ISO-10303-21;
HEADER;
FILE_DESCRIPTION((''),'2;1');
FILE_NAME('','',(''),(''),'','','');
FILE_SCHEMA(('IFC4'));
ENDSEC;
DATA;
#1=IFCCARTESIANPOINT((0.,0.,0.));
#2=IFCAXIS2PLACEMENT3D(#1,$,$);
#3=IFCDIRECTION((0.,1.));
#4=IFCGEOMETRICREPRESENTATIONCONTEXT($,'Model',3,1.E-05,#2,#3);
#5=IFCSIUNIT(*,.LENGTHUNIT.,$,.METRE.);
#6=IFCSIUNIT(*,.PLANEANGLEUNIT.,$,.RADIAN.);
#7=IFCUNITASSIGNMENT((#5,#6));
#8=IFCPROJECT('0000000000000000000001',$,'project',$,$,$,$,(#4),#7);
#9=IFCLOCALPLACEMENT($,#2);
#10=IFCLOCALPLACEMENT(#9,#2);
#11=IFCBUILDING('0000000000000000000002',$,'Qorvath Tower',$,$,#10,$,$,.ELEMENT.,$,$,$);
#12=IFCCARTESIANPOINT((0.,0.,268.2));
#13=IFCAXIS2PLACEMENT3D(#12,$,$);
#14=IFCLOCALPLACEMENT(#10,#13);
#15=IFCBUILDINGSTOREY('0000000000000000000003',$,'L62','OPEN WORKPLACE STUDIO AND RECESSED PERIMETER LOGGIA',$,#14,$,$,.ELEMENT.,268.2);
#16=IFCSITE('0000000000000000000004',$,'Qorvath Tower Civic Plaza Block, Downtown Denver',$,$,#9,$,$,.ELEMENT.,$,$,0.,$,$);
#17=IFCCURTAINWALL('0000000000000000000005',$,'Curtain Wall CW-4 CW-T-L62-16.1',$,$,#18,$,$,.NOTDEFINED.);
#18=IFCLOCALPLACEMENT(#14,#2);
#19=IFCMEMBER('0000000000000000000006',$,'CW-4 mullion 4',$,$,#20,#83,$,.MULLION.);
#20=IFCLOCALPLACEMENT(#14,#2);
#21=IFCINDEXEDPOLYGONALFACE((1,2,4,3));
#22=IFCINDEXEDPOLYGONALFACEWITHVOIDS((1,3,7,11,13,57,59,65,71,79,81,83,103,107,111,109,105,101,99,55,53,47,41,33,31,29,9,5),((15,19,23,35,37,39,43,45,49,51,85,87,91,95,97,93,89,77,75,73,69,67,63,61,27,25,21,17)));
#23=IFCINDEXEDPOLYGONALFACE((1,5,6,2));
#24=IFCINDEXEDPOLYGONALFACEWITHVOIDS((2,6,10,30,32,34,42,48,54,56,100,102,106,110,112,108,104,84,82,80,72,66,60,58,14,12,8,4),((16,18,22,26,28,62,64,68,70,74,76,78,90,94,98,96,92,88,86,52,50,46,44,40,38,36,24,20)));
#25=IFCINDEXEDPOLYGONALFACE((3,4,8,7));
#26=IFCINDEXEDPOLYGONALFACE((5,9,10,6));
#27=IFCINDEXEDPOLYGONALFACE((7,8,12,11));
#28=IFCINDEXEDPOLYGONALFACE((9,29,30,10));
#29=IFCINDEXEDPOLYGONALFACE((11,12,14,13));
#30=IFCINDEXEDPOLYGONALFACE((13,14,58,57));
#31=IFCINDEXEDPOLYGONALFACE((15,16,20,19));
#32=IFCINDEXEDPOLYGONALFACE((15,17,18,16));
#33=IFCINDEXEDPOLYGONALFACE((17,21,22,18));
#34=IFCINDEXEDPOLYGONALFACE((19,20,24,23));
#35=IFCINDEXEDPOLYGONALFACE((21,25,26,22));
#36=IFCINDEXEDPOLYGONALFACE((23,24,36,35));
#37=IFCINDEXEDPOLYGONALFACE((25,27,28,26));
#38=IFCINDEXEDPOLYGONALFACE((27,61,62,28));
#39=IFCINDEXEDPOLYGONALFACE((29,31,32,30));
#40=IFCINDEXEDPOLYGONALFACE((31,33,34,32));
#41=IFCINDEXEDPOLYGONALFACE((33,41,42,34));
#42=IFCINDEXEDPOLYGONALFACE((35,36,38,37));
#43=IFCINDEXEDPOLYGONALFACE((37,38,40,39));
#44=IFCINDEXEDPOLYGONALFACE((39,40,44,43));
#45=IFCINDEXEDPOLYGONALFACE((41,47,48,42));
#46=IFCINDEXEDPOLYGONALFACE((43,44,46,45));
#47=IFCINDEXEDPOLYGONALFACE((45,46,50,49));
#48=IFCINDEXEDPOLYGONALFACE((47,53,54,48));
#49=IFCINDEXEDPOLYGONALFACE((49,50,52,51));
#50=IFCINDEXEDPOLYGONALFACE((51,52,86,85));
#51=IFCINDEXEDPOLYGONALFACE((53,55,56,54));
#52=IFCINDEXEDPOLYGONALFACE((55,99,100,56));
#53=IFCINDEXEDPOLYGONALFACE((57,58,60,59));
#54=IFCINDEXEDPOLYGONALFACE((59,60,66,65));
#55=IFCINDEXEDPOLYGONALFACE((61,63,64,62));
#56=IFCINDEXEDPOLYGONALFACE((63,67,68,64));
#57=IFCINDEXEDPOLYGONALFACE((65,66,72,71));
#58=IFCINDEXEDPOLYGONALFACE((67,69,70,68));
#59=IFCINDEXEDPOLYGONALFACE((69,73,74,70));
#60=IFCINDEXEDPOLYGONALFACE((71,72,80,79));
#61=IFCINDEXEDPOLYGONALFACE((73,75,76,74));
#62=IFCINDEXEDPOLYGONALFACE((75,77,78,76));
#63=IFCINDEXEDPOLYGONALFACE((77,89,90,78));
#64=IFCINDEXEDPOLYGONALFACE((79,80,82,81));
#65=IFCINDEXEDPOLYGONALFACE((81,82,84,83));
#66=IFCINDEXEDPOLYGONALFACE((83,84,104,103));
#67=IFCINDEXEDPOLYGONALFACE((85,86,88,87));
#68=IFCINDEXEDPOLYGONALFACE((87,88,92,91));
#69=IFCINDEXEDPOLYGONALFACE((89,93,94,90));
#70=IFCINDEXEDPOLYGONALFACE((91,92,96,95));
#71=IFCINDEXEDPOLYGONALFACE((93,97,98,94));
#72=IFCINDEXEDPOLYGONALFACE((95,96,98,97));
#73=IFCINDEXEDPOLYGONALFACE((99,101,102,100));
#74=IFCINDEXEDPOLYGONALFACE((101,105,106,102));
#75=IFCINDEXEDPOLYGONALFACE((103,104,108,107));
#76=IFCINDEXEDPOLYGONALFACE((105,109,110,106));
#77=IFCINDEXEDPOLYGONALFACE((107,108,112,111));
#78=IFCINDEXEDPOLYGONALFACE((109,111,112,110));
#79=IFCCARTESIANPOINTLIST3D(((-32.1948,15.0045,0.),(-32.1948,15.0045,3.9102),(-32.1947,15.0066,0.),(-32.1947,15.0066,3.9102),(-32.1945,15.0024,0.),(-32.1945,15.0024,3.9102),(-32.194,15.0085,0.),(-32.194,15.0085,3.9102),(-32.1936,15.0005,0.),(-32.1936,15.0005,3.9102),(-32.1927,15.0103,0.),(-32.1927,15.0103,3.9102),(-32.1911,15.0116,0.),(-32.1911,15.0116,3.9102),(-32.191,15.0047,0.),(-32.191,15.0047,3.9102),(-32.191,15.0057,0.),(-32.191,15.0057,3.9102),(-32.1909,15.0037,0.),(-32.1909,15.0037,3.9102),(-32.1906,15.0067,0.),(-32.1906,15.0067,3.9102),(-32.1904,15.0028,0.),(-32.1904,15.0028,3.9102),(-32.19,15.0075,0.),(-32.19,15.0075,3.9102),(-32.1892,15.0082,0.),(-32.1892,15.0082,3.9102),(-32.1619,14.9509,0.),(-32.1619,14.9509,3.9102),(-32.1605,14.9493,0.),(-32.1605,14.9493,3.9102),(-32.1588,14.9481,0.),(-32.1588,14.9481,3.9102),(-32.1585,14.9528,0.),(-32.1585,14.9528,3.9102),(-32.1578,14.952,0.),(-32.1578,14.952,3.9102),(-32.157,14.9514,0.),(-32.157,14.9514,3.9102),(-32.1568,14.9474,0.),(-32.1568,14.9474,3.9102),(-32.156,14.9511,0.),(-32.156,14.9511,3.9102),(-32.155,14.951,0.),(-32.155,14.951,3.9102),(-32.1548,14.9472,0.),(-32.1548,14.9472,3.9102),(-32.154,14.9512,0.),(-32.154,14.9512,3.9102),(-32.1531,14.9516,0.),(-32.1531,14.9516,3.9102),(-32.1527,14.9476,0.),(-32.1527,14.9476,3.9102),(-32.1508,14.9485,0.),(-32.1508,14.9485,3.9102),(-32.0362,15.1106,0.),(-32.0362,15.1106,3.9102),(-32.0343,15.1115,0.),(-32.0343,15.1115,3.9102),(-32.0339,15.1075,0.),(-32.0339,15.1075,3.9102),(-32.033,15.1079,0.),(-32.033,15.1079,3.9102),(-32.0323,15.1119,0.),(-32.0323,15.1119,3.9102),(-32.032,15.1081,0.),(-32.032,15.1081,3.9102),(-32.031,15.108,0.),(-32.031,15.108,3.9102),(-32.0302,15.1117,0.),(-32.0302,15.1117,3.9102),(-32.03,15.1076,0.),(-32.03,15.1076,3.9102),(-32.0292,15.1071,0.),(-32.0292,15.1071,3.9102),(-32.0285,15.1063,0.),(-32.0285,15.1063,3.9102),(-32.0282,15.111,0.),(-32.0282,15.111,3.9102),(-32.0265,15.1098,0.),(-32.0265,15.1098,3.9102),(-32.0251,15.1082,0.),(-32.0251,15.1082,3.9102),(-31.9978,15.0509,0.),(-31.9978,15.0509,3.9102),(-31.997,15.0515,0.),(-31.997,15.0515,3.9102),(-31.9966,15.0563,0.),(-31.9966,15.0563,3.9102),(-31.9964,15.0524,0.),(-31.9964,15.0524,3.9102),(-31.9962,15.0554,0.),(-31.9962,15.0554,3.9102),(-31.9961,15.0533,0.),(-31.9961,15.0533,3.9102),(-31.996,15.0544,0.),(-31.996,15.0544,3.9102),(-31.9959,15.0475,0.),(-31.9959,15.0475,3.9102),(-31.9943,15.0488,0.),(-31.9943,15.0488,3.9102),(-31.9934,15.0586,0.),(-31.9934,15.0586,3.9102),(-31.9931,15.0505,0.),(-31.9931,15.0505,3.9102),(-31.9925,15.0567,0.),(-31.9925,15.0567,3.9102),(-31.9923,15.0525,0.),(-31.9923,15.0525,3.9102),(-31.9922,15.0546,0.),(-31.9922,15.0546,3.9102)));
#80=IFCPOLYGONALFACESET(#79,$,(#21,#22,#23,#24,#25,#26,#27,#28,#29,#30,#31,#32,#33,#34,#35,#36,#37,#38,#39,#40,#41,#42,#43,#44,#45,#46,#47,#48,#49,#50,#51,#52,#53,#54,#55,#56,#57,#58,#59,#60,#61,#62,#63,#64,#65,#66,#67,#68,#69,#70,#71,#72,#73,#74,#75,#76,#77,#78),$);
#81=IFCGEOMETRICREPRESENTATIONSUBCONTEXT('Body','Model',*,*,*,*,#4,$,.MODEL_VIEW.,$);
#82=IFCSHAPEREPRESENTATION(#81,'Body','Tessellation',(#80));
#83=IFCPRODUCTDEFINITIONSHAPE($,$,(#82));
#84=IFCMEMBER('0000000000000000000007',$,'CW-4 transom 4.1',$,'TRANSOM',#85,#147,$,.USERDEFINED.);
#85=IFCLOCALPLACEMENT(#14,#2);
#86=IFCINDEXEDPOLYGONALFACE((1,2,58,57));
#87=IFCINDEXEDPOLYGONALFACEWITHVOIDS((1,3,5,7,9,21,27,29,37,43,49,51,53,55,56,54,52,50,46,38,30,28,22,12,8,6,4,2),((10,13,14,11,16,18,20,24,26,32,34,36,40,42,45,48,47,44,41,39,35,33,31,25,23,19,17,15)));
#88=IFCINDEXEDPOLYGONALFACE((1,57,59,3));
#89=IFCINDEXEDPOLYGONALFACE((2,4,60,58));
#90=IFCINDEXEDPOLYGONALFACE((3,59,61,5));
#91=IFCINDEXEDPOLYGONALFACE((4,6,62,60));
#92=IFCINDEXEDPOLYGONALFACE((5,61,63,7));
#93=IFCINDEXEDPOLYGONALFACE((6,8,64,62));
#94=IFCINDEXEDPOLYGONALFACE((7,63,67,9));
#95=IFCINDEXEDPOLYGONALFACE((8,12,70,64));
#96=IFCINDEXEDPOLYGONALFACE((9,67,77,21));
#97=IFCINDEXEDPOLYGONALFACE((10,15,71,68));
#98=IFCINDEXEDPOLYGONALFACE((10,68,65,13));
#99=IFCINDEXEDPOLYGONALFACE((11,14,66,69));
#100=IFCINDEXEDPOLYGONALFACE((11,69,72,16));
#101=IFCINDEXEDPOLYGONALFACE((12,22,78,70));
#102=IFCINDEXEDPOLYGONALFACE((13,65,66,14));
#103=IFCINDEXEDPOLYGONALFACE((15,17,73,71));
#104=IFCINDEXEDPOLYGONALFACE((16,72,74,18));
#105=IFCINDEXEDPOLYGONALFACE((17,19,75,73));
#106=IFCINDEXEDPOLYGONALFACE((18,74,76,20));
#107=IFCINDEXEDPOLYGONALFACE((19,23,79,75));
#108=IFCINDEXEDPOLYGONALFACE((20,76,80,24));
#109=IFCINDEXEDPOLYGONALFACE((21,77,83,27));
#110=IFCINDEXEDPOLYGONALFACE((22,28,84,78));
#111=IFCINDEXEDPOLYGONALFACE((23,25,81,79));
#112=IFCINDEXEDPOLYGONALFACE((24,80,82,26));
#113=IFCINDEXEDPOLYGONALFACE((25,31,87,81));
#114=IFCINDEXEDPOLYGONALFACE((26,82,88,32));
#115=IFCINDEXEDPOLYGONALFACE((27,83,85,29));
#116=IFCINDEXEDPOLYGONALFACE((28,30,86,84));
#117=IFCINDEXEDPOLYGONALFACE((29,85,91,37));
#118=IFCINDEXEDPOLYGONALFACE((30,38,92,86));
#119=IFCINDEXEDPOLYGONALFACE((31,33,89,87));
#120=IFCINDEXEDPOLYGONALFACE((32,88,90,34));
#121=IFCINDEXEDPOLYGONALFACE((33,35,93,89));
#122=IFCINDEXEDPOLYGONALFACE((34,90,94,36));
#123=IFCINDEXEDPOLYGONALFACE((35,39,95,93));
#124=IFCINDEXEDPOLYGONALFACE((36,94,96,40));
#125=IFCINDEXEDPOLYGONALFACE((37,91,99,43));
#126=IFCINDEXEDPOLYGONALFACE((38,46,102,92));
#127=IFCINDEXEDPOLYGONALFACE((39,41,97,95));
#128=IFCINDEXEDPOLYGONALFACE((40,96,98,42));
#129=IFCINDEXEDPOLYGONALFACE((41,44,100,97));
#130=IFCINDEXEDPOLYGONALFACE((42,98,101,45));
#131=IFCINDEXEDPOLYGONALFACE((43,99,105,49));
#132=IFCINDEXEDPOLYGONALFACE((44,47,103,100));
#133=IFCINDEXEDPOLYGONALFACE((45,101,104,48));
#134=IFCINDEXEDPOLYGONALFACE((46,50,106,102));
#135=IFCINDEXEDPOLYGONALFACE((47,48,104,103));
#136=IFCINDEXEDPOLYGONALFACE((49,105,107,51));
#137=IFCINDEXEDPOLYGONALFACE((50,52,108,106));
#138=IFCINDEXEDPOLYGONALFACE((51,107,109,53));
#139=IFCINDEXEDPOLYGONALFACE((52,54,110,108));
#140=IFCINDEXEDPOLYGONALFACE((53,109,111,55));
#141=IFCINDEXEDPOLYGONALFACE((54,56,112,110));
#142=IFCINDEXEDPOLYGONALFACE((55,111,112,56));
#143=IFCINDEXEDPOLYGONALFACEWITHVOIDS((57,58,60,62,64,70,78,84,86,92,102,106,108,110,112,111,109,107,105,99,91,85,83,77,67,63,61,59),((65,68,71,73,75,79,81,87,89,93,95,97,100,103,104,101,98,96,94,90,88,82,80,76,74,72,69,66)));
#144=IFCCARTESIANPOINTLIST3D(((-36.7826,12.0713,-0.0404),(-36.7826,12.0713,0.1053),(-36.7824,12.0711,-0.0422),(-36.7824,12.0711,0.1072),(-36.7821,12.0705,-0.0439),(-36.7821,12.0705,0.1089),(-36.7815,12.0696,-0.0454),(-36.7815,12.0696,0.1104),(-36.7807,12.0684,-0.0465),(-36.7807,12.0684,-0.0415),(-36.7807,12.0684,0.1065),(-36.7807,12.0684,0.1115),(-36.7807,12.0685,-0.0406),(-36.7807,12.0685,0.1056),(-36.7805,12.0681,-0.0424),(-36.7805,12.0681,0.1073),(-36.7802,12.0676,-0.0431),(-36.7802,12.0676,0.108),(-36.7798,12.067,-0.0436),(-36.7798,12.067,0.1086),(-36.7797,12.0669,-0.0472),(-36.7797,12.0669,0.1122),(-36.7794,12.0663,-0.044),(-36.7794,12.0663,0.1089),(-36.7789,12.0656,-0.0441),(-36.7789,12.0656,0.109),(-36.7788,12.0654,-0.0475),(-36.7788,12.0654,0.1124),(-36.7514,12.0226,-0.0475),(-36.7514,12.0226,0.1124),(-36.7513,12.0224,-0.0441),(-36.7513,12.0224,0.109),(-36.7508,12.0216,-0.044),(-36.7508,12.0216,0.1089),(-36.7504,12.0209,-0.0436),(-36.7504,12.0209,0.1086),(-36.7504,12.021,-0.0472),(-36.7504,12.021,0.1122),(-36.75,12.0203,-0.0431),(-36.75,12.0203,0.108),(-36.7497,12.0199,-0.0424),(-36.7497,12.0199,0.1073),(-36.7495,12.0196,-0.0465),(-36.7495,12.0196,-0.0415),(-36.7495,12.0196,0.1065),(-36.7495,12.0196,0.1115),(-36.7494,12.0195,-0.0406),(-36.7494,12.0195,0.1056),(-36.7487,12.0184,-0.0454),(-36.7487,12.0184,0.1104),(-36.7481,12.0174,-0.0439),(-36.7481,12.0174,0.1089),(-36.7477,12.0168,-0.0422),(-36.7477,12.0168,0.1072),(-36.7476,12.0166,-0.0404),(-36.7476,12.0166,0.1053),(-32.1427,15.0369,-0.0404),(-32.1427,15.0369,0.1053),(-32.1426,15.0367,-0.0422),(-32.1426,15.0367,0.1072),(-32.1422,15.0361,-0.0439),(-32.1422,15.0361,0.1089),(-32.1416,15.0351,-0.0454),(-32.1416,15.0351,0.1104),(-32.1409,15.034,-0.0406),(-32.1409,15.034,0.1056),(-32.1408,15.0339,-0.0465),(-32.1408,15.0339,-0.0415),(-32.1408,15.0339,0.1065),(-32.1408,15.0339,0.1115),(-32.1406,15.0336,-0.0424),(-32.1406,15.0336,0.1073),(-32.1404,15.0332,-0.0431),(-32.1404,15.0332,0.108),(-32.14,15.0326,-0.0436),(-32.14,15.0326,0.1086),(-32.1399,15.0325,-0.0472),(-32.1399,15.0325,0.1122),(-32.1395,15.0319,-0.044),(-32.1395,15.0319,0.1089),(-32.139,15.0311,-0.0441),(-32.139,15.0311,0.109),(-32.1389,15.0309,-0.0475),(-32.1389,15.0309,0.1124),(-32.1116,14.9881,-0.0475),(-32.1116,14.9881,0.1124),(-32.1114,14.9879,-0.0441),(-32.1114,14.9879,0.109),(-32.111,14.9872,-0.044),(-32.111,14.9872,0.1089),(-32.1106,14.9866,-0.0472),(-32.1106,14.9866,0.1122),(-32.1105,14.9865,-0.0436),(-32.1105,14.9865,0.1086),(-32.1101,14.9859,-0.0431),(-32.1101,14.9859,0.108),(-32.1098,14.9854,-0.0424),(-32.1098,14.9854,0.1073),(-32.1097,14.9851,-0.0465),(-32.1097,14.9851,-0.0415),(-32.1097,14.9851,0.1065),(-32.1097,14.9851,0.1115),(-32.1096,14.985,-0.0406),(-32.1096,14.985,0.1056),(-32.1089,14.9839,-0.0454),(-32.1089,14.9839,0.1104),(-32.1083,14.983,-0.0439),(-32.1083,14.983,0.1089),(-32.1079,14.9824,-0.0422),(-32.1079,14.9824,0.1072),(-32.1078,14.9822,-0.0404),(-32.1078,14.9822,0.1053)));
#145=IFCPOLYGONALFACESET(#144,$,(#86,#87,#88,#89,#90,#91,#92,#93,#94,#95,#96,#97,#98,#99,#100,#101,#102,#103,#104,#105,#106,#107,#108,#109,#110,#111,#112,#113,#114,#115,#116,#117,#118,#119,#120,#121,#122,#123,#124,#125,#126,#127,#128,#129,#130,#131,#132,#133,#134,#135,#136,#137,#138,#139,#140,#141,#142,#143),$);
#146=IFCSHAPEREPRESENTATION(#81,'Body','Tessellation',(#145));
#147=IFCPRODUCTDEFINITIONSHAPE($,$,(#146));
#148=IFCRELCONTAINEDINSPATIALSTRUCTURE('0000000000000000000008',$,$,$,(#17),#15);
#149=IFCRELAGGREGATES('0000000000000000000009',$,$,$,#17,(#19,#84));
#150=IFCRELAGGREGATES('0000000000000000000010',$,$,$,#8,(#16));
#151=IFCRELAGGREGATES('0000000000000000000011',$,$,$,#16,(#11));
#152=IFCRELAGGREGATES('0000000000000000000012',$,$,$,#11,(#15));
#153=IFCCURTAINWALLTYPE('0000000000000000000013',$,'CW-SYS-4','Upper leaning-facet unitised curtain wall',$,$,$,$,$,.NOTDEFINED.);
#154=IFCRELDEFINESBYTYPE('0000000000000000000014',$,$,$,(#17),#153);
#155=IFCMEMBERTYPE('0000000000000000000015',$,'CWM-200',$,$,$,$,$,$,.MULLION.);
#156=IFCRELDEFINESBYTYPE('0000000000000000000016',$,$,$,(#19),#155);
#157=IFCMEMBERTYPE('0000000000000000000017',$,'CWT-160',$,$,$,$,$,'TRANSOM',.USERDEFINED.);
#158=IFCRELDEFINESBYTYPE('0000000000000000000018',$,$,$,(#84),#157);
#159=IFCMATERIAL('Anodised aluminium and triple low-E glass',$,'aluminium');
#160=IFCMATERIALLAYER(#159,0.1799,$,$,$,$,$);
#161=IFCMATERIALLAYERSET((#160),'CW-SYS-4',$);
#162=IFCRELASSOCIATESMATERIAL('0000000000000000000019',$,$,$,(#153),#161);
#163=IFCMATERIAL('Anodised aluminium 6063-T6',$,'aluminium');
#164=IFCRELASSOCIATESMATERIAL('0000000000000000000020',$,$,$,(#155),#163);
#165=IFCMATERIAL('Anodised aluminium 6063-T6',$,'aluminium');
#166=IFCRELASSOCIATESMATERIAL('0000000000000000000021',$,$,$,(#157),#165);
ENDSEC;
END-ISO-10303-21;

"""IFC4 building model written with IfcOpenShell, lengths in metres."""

from ifc_helpers import new_model, si_unit, direction, frame, origin, origin_2d, place, context, subcontext, project, spatial, hollow_rectangle, extrude, material, layer, layer_set, material_profile, profile_set, type_object, element, aggregate, save


model = new_model("IFC4")

# Units and contexts
model_context = context("Model", 3, precision=1e-05, world=origin(), true_north=direction((0.0, 1.0)))
body_context = subcontext(model_context, "Body", "Model", "MODEL_VIEW")
ifc_project = project(units=[si_unit("LENGTHUNIT", "METRE"), si_unit("PLANEANGLEUNIT", "RADIAN")], contexts=[model_context])

# Site, building, storey
site_placement = place(None, origin())
site = spatial("IfcSite", under=ifc_project, at=site_placement, Name="Qorvath Tower Civic Plaza Block, Downtown Denver", CompositionType="ELEMENT", RefElevation=0.0)
building_placement = place(site_placement, origin())
building = spatial("IfcBuilding", under=site, at=building_placement, Name="Qorvath Tower", CompositionType="ELEMENT")
storey_placement = place(building_placement, frame((0.0, 0.0, 268.2)))
storey = spatial("IfcBuildingStorey", under=building, at=storey_placement, Name="L62", Description="OPEN WORKPLACE STUDIO AND RECESSED PERIMETER LOGGIA", CompositionType="ELEMENT", Elevation=268.2)

# Curtain wall, members
ifc_material_1 = material(Name="Anodised aluminium and triple low-E glass", Category="aluminium")
ifc_layer_1 = layer(ifc_material_1, 0.1799)
ifc_layer_set_1 = layer_set([ifc_layer_1], Name="CW-SYS-4")
curtain_wall_type = type_object("IfcCurtainWallType", Name="CW-SYS-4", Description="Upper leaning-facet unitised curtain wall", PredefinedType="NOTDEFINED", material=ifc_layer_set_1)
curtain_wall_placement = place(storey_placement, origin())
curtain_wall = element("IfcCurtainWall", 1, at=curtain_wall_placement, inside=storey, type_object=curtain_wall_type, Name="Curtain Wall CW-4 CW-T-L62-16.1", PredefinedType="NOTDEFINED")
ifc_material_2 = material(Name="Anodised aluminium 6063-T6", Category="aluminium")
ifc_material_profile_1 = material_profile(ifc_material_2, hollow_rectangle(XDim=0.075, YDim=0.2, WallThickness=0.0039, InnerFilletRadius=0.0039, OuterFilletRadius=0.0081, at=origin_2d()), Name="CWM 200x75")
ifc_profile_set_1 = profile_set([ifc_material_profile_1], Name="Anodised aluminium 6063-T6")
member_type_1 = type_object("IfcMemberType", Name="CWM-200", PredefinedType="MULLION", material=ifc_profile_set_1)
member_1_placement = place(storey_placement, frame((-32.0935, 15.0295, 0.0), z_axis=(0.0, 0.0, 1.0), x_axis=(0.538534, -0.842604, 0.0)))
member_1 = element("IfcMember", 2, at=member_1_placement, type_object=member_type_1, Name="CW-4 mullion 4", PredefinedType="MULLION", context=body_context, shape_type="SweptSolid", body=[
    extrude(hollow_rectangle(XDim=0.075, YDim=0.2, WallThickness=0.0039, InnerFilletRadius=0.0039, OuterFilletRadius=0.0081, at=origin_2d()), origin(), (0.0, 0.0, 1.0), 3.9102),
])
ifc_material_3 = material(Name="Anodised aluminium 6063-T6", Category="aluminium")
ifc_material_profile_2 = material_profile(ifc_material_3, hollow_rectangle(XDim=0.0649, YDim=0.1599, WallThickness=0.0034, InnerFilletRadius=0.0034, OuterFilletRadius=0.0071, at=origin_2d()), Name="CWT 160x65")
ifc_profile_set_2 = profile_set([ifc_material_profile_2], Name="Anodised aluminium 6063-T6")
member_type_2 = type_object("IfcMemberType", Name="CWT-160", ElementType="TRANSOM", PredefinedType="USERDEFINED", material=ifc_profile_set_2)
member_2_placement = place(storey_placement, frame((-32.1252, 15.0095, 0.0325), z_axis=(-0.842597, -0.538544, 0.0), x_axis=(0.538544, -0.842597, 0.0)))
member_2 = element("IfcMember", 3, at=member_2_placement, type_object=member_type_2, Name="CW-4 transom 4.1", ObjectType="TRANSOM", PredefinedType="USERDEFINED", context=body_context, shape_type="SweptSolid", body=[
    extrude(hollow_rectangle(XDim=0.0649, YDim=0.1599, WallThickness=0.0034, InnerFilletRadius=0.0034, OuterFilletRadius=0.0071, at=origin_2d()), origin(), (0.0, 0.0, 1.0), 5.5066),
])
aggregate(curtain_wall, [member_1, member_2])

save(model, "model.ifc")
